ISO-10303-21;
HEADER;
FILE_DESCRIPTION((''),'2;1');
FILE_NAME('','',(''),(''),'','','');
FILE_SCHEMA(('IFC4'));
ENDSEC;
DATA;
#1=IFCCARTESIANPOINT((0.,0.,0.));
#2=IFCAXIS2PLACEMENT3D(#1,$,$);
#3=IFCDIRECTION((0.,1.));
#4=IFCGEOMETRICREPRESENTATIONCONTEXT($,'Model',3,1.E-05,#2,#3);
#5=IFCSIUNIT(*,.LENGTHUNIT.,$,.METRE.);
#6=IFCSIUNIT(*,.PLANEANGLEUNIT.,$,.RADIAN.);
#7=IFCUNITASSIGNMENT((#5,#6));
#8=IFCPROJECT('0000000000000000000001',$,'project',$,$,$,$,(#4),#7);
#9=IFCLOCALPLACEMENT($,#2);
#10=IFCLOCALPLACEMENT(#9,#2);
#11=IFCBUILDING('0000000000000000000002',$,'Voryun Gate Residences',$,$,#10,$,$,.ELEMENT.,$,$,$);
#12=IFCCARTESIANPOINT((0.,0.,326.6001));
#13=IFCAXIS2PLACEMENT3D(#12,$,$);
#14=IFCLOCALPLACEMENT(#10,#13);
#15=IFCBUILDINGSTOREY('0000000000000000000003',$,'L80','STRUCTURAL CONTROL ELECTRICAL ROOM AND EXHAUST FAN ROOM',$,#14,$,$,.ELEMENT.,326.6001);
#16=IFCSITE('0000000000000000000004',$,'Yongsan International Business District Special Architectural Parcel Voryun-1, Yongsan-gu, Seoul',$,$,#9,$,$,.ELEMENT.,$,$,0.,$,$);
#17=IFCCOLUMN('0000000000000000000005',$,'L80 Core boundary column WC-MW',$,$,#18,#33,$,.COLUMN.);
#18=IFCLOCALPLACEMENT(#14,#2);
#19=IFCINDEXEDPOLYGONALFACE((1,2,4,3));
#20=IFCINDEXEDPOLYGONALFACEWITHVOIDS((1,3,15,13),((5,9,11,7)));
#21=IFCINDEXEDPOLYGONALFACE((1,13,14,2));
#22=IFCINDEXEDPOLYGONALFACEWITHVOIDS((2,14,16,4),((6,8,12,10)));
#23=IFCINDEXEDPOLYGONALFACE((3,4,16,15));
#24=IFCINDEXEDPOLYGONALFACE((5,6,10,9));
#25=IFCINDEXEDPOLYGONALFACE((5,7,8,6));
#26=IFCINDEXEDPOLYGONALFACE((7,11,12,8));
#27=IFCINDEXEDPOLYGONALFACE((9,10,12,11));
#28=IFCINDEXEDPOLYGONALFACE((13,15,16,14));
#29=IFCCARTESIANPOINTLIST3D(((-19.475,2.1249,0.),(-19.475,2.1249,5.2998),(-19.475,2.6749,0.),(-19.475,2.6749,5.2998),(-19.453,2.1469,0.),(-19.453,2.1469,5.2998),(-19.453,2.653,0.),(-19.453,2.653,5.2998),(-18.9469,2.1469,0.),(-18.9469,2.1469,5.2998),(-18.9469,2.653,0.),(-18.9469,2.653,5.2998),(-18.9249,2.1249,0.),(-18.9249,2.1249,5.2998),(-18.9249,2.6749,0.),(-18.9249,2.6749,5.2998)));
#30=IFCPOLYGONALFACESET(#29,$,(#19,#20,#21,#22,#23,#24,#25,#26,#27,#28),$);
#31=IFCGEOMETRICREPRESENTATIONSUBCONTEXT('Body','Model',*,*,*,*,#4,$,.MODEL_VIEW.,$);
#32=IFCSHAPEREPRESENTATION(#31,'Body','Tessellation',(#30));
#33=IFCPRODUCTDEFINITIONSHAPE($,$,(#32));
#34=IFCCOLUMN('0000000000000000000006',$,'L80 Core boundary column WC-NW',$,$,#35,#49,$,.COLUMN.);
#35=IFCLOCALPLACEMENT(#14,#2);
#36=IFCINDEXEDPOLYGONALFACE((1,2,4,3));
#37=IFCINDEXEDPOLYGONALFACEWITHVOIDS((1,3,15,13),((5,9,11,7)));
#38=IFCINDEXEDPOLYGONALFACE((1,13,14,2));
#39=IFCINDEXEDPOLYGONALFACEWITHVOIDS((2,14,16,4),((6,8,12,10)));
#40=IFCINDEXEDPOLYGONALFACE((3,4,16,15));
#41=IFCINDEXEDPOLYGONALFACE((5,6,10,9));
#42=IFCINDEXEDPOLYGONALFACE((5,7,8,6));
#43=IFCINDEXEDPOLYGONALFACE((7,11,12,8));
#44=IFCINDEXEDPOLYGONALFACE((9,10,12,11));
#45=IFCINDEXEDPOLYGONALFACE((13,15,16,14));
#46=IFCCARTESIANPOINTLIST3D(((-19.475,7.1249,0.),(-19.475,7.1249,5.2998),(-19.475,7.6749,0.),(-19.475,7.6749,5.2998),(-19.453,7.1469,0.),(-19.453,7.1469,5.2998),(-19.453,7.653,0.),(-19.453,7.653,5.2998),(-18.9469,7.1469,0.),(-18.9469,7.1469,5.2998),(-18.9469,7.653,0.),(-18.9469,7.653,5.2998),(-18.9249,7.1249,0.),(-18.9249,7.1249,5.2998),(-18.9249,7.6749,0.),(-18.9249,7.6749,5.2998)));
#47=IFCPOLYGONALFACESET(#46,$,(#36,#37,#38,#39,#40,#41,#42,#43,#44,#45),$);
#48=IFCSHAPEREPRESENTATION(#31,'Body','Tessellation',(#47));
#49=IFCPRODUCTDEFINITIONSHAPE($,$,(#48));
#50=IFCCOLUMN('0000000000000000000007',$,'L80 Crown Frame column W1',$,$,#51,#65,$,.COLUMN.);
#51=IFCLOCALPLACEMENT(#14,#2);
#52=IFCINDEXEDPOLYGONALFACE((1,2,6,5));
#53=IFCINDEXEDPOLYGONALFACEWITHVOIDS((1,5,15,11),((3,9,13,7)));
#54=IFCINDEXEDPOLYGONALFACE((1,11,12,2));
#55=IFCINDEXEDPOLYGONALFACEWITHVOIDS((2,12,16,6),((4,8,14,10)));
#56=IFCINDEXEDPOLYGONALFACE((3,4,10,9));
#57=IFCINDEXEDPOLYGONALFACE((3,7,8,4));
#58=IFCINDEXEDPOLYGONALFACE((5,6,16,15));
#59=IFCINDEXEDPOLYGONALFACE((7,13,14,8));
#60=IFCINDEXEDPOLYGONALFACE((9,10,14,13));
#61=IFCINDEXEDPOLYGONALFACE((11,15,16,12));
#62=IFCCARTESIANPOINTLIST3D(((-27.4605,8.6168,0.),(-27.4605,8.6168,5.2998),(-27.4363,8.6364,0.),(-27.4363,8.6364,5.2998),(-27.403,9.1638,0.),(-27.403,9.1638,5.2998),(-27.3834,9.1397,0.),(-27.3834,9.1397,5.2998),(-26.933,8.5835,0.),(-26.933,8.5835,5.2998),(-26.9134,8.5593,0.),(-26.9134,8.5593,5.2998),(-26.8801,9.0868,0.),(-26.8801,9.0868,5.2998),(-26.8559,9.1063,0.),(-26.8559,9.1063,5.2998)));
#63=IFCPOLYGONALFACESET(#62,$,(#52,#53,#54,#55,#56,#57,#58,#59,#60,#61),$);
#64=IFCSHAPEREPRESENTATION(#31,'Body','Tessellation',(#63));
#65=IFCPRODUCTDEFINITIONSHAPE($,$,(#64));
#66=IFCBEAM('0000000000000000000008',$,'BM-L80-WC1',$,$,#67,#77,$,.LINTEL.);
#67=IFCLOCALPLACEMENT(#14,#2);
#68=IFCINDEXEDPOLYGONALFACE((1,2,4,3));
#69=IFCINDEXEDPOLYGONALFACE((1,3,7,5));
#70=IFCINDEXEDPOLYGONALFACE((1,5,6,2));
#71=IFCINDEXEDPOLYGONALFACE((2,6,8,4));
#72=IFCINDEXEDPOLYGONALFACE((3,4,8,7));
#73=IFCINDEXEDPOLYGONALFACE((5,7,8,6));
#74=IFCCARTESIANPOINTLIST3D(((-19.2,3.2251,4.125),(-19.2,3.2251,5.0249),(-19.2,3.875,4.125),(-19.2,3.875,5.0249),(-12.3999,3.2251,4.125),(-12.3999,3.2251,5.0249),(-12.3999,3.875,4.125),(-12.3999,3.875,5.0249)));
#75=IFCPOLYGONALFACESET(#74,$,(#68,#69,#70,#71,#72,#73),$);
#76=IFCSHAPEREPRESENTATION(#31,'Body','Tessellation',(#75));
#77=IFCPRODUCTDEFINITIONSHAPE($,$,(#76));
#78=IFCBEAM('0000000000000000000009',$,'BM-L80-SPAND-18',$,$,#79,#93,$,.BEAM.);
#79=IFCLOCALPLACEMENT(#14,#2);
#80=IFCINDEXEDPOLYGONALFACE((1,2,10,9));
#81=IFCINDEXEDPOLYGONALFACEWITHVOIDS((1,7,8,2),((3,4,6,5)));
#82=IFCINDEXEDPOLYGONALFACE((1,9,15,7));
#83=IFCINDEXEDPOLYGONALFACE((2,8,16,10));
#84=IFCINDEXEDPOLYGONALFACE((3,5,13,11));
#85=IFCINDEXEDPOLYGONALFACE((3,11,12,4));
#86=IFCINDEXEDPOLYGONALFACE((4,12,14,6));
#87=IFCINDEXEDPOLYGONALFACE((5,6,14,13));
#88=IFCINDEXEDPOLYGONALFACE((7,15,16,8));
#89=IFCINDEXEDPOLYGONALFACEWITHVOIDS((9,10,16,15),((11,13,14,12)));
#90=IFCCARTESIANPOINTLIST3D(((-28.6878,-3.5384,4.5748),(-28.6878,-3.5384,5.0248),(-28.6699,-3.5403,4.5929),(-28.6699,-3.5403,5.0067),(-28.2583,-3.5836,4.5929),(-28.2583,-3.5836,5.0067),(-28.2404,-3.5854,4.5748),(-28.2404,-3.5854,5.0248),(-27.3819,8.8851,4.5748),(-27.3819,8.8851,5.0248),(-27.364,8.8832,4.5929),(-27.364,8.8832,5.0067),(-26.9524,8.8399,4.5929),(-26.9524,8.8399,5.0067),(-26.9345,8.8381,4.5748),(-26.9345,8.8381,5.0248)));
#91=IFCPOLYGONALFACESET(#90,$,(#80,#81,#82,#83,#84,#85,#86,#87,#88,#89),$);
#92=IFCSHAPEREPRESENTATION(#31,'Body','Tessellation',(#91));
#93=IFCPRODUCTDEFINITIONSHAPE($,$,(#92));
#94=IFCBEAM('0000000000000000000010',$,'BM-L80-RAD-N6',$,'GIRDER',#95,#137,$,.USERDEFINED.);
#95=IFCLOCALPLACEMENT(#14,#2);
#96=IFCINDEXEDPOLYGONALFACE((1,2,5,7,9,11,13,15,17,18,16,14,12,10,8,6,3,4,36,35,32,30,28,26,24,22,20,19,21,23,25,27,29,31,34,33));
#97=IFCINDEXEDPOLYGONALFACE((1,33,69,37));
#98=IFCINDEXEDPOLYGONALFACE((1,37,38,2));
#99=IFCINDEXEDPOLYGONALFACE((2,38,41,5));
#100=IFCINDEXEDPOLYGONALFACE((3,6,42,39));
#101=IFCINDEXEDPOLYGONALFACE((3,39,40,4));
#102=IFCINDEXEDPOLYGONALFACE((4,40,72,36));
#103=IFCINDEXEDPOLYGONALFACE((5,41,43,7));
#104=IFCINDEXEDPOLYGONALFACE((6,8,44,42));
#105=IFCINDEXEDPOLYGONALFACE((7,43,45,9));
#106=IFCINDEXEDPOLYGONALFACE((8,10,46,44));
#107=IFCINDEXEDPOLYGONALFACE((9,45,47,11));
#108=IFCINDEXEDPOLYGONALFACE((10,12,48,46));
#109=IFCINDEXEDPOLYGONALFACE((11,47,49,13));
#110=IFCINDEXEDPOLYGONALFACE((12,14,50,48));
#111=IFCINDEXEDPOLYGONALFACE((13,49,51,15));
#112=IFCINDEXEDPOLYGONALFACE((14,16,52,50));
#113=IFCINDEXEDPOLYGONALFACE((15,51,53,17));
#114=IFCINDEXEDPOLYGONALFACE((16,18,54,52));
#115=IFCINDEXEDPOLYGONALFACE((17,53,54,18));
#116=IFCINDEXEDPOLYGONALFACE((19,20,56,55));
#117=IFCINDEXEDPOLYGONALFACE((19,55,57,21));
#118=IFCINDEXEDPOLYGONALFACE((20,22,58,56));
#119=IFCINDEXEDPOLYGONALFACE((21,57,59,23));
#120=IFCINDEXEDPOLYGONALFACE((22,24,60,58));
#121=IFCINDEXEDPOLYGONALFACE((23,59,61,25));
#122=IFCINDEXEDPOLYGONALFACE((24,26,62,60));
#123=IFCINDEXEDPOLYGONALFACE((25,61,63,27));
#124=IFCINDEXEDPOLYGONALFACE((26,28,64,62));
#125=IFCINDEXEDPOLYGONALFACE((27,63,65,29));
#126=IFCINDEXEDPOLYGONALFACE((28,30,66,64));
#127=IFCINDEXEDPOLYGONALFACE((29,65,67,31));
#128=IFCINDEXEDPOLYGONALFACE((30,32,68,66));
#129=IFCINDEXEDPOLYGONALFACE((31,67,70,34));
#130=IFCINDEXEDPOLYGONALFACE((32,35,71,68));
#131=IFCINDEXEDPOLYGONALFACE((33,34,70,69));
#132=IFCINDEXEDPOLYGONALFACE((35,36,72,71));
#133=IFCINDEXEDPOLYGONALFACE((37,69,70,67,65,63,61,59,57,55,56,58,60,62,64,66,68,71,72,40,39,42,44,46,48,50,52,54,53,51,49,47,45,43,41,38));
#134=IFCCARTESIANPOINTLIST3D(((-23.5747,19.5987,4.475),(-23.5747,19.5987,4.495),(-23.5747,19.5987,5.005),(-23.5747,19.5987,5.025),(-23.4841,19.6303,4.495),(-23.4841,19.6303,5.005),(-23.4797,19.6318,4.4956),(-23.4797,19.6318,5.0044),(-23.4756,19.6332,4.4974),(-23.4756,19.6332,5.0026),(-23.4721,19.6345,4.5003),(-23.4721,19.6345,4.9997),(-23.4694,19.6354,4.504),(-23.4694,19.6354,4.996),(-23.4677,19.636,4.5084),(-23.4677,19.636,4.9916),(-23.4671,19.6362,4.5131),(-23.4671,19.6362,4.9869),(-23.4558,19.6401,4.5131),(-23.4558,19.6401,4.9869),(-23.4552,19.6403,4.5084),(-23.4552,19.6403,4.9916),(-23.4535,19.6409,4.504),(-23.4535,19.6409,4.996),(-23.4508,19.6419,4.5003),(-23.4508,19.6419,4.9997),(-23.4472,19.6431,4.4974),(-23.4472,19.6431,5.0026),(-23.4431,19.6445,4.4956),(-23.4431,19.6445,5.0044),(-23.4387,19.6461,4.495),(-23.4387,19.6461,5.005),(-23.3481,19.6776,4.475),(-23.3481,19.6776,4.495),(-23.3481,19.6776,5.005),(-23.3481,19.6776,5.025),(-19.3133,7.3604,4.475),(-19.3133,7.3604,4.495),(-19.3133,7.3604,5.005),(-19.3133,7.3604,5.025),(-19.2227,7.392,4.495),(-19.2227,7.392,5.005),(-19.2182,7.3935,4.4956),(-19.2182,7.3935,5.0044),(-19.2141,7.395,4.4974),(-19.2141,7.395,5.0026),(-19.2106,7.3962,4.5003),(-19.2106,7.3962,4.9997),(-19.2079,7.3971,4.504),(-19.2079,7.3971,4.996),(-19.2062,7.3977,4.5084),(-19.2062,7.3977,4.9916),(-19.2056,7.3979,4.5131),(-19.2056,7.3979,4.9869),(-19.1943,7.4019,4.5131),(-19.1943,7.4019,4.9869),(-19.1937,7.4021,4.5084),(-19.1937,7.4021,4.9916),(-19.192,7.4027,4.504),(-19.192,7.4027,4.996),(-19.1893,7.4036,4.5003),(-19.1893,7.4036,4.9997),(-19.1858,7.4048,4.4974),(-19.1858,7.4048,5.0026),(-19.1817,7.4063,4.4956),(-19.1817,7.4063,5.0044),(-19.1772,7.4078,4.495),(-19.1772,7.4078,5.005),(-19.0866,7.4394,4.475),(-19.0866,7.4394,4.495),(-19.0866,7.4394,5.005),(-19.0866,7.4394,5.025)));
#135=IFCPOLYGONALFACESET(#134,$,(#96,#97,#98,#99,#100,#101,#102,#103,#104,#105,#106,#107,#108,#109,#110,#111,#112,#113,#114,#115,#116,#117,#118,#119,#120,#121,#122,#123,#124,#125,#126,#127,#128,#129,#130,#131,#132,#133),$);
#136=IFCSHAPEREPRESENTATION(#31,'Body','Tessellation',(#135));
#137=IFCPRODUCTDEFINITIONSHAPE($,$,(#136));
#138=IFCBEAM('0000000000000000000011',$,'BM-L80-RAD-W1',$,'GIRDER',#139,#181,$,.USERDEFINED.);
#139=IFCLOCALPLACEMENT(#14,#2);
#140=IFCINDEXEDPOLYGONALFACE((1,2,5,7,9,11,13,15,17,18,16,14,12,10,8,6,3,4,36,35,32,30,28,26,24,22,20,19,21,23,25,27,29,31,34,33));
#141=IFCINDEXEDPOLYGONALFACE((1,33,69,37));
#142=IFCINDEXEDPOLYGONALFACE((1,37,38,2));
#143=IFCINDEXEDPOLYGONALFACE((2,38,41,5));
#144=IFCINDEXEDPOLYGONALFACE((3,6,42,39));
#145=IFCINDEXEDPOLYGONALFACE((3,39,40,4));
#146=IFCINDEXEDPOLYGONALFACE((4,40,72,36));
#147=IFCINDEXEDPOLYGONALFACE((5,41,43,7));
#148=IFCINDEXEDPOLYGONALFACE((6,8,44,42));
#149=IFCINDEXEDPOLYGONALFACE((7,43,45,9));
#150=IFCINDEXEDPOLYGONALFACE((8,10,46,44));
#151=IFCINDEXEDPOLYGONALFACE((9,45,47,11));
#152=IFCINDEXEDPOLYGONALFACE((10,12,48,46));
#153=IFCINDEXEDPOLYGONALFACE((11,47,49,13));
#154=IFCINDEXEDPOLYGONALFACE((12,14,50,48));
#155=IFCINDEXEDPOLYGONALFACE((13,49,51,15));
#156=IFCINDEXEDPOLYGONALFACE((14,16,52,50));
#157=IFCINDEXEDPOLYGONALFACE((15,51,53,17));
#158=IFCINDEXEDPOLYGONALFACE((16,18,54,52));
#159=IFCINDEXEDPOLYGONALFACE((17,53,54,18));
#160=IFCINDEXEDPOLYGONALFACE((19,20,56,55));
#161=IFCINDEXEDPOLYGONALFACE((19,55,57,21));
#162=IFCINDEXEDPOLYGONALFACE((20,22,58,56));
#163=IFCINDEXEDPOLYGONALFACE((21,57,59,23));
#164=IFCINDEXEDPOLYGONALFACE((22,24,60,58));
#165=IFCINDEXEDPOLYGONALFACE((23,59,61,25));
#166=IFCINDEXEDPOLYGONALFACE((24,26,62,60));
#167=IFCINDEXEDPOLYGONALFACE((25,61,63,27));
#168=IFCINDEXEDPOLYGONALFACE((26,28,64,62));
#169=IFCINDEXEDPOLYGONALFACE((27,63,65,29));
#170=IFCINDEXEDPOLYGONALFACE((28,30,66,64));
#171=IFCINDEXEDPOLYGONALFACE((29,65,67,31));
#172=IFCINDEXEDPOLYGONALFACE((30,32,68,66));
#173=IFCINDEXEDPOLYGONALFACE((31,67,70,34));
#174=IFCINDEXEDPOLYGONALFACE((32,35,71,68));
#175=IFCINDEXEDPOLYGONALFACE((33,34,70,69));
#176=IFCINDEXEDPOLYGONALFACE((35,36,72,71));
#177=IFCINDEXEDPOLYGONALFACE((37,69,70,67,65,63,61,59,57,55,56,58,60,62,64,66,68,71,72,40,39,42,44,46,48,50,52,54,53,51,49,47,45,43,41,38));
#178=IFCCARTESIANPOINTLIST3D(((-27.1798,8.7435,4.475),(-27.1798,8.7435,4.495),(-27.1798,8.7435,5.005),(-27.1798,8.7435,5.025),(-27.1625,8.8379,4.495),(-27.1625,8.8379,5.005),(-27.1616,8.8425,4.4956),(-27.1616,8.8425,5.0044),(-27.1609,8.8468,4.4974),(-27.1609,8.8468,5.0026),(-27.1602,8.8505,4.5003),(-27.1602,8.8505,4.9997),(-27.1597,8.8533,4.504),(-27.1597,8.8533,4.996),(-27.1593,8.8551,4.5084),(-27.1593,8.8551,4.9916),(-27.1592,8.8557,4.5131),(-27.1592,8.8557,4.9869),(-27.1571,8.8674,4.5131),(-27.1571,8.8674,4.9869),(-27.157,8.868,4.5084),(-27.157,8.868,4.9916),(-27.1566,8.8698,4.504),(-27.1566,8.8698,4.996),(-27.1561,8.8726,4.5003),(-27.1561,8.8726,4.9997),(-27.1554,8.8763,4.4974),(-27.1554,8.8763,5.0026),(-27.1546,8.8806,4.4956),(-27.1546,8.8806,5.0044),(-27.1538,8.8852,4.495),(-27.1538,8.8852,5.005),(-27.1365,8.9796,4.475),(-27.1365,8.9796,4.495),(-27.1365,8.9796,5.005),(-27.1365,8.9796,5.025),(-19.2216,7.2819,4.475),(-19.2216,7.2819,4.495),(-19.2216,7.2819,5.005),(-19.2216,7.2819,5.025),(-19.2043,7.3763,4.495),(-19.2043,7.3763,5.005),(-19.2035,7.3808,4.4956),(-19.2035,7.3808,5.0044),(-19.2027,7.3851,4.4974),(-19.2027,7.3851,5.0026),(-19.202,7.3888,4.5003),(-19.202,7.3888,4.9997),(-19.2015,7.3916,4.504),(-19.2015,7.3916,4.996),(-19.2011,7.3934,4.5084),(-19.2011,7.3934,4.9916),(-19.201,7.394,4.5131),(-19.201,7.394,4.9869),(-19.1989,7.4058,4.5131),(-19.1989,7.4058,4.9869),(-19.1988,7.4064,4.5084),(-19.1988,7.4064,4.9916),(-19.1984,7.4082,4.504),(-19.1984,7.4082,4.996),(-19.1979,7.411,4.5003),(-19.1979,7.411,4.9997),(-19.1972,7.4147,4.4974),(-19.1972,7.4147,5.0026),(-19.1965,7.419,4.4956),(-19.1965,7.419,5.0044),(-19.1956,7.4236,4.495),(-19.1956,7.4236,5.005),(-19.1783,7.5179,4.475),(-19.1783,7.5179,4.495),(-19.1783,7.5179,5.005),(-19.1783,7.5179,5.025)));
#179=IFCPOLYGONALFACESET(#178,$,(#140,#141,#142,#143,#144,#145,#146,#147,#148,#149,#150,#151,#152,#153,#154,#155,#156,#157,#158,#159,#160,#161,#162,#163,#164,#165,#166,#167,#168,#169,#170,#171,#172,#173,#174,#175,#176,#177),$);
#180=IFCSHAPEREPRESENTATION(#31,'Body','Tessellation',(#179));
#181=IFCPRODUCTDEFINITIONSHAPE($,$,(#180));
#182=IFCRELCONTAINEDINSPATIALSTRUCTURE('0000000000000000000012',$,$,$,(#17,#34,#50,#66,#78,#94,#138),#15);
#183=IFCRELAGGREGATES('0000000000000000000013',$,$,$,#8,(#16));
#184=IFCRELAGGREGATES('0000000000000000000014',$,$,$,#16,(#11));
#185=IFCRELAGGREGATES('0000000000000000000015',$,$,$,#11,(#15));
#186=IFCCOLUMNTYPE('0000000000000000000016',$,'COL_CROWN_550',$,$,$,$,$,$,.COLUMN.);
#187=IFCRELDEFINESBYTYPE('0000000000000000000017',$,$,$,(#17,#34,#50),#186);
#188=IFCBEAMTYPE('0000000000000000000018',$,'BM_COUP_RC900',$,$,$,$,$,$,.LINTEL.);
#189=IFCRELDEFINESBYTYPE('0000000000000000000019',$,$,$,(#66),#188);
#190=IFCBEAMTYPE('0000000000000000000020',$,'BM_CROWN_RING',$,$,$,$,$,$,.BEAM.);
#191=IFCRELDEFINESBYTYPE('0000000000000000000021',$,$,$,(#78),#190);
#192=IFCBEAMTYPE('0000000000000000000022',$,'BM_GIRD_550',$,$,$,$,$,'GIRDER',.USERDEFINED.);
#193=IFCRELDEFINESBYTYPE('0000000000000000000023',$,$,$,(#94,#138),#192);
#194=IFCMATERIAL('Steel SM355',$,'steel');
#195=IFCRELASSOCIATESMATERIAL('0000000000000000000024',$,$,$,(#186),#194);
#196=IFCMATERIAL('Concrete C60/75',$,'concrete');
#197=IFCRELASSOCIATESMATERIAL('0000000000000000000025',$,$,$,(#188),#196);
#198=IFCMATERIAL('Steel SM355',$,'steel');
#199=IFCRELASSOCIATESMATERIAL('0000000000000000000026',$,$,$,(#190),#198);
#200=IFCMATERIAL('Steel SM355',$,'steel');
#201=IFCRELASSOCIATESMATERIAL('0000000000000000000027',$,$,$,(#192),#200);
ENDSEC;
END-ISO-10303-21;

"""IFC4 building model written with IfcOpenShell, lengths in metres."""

from ifc_helpers import new_model, si_unit, direction, frame, origin, origin_2d, place, context, subcontext, project, spatial, rectangle, hollow_rectangle, i_section, extrude, material, material_profile, profile_set, type_object, element, save


model = new_model("IFC4")

# Units and contexts
model_context = context("Model", 3, precision=1e-05, world=origin(), true_north=direction((0.0, 1.0)))
body_context = subcontext(model_context, "Body", "Model", "MODEL_VIEW")
ifc_project = project(units=[si_unit("LENGTHUNIT", "METRE"), si_unit("PLANEANGLEUNIT", "RADIAN")], contexts=[model_context])

# Site, building, storey
site_placement = place(None, origin())
site = spatial("IfcSite", under=ifc_project, at=site_placement, Name="Yongsan International Business District Special Architectural Parcel Voryun-1, Yongsan-gu, Seoul", CompositionType="ELEMENT", RefElevation=0.0)
building_placement = place(site_placement, origin())
building = spatial("IfcBuilding", under=site, at=building_placement, Name="Voryun Gate Residences", CompositionType="ELEMENT")
storey_placement = place(building_placement, frame((0.0, 0.0, 326.6001)))
storey = spatial("IfcBuildingStorey", under=building, at=storey_placement, Name="L80", Description="STRUCTURAL CONTROL ELECTRICAL ROOM AND EXHAUST FAN ROOM", CompositionType="ELEMENT", Elevation=326.6001)

# Columns
ifc_material_1 = material(Name="Steel SM355", Category="steel")
ifc_material_profile_1 = material_profile(ifc_material_1, hollow_rectangle(XDim=0.55, YDim=0.55, WallThickness=0.022, at=origin_2d()), Name="BOX-550x550x22")
ifc_profile_set_1 = profile_set([ifc_material_profile_1], Name="Steel SM355")
column_type = type_object("IfcColumnType", Name="COL_CROWN_550", PredefinedType="COLUMN", material=ifc_profile_set_1)
for number, where, z_axis, x_axis, name in (
    (1, (-19.2, 2.3999, 0.0), (0.0, 0.0, 1.0), (1.0, 0.0, 0.0), "L80 Core boundary column WC-MW"),
    (2, (-19.2, 7.3999, 0.0), (0.0, 0.0, 1.0), (1.0, 0.0, 0.0), "L80 Core boundary column WC-NW"),
    (3, (-27.1582, 8.8616, 0.0), (0.0, 0.0, 1.0), (0.994522, -0.104528, 0.0), "L80 Crown Frame column W1"),
):
    element("IfcColumn", number, at=place(storey_placement, frame(where, z_axis=z_axis, x_axis=x_axis)), inside=storey, type_object=column_type, Name=name, PredefinedType="COLUMN", context=body_context, shape_type="SweptSolid", body=[
        extrude(hollow_rectangle(XDim=0.55, YDim=0.55, WallThickness=0.022, at=origin_2d()), origin(), (0.0, 0.0, 1.0), 5.2998),
    ])

# Beams
ifc_material_2 = material(Name="Concrete C60/75", Category="concrete")
ifc_material_profile_2 = material_profile(ifc_material_2, rectangle(XDim=0.6499, YDim=0.8999, at=origin_2d()), Name="RC-650x900")
ifc_profile_set_2 = profile_set([ifc_material_profile_2], Name="Concrete C60/75")
beam_type_1 = type_object("IfcBeamType", Name="BM_COUP_RC900", PredefinedType="LINTEL", material=ifc_profile_set_2)
beam_1_placement = place(storey_placement, frame((-19.2, 3.55, 4.575), z_axis=(1.0, 0.0, 0.0), x_axis=(0.0, 1.0, 0.0)))
element("IfcBeam", 4, at=beam_1_placement, inside=storey, type_object=beam_type_1, Name="BM-L80-WC1", PredefinedType="LINTEL", context=body_context, shape_type="SweptSolid", body=[
    extrude(rectangle(XDim=0.6499, YDim=0.8999, at=origin_2d()), origin(), (0.0, 0.0, 1.0), 6.8),
])
ifc_material_3 = material(Name="Steel SM355", Category="steel")
ifc_material_profile_3 = material_profile(ifc_material_3, hollow_rectangle(XDim=0.45, YDim=0.45, WallThickness=0.0181, at=origin_2d()), Name="BOX-450x450x18")
ifc_profile_set_3 = profile_set([ifc_material_profile_3], Name="Steel SM355")
beam_type_2 = type_object("IfcBeamType", Name="BM_CROWN_RING", PredefinedType="BEAM", material=ifc_profile_set_3)
beam_2_placement = place(storey_placement, frame((-27.1582, 8.8616, 4.7998), z_axis=(-0.104539, -0.994521, 0.0), x_axis=(0.994521, -0.104539, 0.0)))
element("IfcBeam", 5, at=beam_2_placement, inside=storey, type_object=beam_type_2, Name="BM-L80-SPAND-18", PredefinedType="BEAM", context=body_context, shape_type="SweptSolid", body=[
    extrude(hollow_rectangle(XDim=0.45, YDim=0.45, WallThickness=0.0181, at=origin_2d()), origin(), (0.0, 0.0, 1.0), 12.4919),
])
ifc_material_4 = material(Name="Steel SM355", Category="steel")
ifc_material_profile_4 = material_profile(ifc_material_4, i_section(OverallWidth=0.24, OverallDepth=0.55, WebThickness=0.012, FlangeThickness=0.02, FilletRadius=0.0181, at=origin_2d()), Name="H-550x240x12x20")
ifc_profile_set_4 = profile_set([ifc_material_profile_4], Name="Steel SM355")
beam_type_3 = type_object("IfcBeamType", Name="BM_GIRD_550", ElementType="GIRDER", PredefinedType="USERDEFINED", material=ifc_profile_set_4)
beam_3_placement = place(storey_placement, frame((-19.2, 7.3999, 4.75), z_axis=(-0.328843, 0.944385, 0.0), x_axis=(-0.944385, -0.328843, 0.0)))
element("IfcBeam", 6, at=beam_3_placement, inside=storey, type_object=beam_type_3, Name="BM-L80-RAD-N6", ObjectType="GIRDER", PredefinedType="USERDEFINED", context=body_context, shape_type="SweptSolid", body=[
    extrude(i_section(OverallWidth=0.24, OverallDepth=0.55, WebThickness=0.012, FlangeThickness=0.02, FilletRadius=0.0181, at=origin_2d()), origin(), (0.0, 0.0, 1.0), 12.959),
])
beam_4_placement = place(storey_placement, frame((-19.2, 7.3999, 4.75), z_axis=(-0.983548, 0.180646, 0.0), x_axis=(-0.180646, -0.983548, 0.0)))
element("IfcBeam", 7, at=beam_4_placement, inside=storey, type_object=beam_type_3, Name="BM-L80-RAD-W1", ObjectType="GIRDER", PredefinedType="USERDEFINED", context=body_context, shape_type="SweptSolid", body=[
    extrude(i_section(OverallWidth=0.24, OverallDepth=0.55, WebThickness=0.012, FlangeThickness=0.02, FilletRadius=0.0181, at=origin_2d()), origin(), (0.0, 0.0, 1.0), 8.0913),
])

save(model, "model.ifc")
